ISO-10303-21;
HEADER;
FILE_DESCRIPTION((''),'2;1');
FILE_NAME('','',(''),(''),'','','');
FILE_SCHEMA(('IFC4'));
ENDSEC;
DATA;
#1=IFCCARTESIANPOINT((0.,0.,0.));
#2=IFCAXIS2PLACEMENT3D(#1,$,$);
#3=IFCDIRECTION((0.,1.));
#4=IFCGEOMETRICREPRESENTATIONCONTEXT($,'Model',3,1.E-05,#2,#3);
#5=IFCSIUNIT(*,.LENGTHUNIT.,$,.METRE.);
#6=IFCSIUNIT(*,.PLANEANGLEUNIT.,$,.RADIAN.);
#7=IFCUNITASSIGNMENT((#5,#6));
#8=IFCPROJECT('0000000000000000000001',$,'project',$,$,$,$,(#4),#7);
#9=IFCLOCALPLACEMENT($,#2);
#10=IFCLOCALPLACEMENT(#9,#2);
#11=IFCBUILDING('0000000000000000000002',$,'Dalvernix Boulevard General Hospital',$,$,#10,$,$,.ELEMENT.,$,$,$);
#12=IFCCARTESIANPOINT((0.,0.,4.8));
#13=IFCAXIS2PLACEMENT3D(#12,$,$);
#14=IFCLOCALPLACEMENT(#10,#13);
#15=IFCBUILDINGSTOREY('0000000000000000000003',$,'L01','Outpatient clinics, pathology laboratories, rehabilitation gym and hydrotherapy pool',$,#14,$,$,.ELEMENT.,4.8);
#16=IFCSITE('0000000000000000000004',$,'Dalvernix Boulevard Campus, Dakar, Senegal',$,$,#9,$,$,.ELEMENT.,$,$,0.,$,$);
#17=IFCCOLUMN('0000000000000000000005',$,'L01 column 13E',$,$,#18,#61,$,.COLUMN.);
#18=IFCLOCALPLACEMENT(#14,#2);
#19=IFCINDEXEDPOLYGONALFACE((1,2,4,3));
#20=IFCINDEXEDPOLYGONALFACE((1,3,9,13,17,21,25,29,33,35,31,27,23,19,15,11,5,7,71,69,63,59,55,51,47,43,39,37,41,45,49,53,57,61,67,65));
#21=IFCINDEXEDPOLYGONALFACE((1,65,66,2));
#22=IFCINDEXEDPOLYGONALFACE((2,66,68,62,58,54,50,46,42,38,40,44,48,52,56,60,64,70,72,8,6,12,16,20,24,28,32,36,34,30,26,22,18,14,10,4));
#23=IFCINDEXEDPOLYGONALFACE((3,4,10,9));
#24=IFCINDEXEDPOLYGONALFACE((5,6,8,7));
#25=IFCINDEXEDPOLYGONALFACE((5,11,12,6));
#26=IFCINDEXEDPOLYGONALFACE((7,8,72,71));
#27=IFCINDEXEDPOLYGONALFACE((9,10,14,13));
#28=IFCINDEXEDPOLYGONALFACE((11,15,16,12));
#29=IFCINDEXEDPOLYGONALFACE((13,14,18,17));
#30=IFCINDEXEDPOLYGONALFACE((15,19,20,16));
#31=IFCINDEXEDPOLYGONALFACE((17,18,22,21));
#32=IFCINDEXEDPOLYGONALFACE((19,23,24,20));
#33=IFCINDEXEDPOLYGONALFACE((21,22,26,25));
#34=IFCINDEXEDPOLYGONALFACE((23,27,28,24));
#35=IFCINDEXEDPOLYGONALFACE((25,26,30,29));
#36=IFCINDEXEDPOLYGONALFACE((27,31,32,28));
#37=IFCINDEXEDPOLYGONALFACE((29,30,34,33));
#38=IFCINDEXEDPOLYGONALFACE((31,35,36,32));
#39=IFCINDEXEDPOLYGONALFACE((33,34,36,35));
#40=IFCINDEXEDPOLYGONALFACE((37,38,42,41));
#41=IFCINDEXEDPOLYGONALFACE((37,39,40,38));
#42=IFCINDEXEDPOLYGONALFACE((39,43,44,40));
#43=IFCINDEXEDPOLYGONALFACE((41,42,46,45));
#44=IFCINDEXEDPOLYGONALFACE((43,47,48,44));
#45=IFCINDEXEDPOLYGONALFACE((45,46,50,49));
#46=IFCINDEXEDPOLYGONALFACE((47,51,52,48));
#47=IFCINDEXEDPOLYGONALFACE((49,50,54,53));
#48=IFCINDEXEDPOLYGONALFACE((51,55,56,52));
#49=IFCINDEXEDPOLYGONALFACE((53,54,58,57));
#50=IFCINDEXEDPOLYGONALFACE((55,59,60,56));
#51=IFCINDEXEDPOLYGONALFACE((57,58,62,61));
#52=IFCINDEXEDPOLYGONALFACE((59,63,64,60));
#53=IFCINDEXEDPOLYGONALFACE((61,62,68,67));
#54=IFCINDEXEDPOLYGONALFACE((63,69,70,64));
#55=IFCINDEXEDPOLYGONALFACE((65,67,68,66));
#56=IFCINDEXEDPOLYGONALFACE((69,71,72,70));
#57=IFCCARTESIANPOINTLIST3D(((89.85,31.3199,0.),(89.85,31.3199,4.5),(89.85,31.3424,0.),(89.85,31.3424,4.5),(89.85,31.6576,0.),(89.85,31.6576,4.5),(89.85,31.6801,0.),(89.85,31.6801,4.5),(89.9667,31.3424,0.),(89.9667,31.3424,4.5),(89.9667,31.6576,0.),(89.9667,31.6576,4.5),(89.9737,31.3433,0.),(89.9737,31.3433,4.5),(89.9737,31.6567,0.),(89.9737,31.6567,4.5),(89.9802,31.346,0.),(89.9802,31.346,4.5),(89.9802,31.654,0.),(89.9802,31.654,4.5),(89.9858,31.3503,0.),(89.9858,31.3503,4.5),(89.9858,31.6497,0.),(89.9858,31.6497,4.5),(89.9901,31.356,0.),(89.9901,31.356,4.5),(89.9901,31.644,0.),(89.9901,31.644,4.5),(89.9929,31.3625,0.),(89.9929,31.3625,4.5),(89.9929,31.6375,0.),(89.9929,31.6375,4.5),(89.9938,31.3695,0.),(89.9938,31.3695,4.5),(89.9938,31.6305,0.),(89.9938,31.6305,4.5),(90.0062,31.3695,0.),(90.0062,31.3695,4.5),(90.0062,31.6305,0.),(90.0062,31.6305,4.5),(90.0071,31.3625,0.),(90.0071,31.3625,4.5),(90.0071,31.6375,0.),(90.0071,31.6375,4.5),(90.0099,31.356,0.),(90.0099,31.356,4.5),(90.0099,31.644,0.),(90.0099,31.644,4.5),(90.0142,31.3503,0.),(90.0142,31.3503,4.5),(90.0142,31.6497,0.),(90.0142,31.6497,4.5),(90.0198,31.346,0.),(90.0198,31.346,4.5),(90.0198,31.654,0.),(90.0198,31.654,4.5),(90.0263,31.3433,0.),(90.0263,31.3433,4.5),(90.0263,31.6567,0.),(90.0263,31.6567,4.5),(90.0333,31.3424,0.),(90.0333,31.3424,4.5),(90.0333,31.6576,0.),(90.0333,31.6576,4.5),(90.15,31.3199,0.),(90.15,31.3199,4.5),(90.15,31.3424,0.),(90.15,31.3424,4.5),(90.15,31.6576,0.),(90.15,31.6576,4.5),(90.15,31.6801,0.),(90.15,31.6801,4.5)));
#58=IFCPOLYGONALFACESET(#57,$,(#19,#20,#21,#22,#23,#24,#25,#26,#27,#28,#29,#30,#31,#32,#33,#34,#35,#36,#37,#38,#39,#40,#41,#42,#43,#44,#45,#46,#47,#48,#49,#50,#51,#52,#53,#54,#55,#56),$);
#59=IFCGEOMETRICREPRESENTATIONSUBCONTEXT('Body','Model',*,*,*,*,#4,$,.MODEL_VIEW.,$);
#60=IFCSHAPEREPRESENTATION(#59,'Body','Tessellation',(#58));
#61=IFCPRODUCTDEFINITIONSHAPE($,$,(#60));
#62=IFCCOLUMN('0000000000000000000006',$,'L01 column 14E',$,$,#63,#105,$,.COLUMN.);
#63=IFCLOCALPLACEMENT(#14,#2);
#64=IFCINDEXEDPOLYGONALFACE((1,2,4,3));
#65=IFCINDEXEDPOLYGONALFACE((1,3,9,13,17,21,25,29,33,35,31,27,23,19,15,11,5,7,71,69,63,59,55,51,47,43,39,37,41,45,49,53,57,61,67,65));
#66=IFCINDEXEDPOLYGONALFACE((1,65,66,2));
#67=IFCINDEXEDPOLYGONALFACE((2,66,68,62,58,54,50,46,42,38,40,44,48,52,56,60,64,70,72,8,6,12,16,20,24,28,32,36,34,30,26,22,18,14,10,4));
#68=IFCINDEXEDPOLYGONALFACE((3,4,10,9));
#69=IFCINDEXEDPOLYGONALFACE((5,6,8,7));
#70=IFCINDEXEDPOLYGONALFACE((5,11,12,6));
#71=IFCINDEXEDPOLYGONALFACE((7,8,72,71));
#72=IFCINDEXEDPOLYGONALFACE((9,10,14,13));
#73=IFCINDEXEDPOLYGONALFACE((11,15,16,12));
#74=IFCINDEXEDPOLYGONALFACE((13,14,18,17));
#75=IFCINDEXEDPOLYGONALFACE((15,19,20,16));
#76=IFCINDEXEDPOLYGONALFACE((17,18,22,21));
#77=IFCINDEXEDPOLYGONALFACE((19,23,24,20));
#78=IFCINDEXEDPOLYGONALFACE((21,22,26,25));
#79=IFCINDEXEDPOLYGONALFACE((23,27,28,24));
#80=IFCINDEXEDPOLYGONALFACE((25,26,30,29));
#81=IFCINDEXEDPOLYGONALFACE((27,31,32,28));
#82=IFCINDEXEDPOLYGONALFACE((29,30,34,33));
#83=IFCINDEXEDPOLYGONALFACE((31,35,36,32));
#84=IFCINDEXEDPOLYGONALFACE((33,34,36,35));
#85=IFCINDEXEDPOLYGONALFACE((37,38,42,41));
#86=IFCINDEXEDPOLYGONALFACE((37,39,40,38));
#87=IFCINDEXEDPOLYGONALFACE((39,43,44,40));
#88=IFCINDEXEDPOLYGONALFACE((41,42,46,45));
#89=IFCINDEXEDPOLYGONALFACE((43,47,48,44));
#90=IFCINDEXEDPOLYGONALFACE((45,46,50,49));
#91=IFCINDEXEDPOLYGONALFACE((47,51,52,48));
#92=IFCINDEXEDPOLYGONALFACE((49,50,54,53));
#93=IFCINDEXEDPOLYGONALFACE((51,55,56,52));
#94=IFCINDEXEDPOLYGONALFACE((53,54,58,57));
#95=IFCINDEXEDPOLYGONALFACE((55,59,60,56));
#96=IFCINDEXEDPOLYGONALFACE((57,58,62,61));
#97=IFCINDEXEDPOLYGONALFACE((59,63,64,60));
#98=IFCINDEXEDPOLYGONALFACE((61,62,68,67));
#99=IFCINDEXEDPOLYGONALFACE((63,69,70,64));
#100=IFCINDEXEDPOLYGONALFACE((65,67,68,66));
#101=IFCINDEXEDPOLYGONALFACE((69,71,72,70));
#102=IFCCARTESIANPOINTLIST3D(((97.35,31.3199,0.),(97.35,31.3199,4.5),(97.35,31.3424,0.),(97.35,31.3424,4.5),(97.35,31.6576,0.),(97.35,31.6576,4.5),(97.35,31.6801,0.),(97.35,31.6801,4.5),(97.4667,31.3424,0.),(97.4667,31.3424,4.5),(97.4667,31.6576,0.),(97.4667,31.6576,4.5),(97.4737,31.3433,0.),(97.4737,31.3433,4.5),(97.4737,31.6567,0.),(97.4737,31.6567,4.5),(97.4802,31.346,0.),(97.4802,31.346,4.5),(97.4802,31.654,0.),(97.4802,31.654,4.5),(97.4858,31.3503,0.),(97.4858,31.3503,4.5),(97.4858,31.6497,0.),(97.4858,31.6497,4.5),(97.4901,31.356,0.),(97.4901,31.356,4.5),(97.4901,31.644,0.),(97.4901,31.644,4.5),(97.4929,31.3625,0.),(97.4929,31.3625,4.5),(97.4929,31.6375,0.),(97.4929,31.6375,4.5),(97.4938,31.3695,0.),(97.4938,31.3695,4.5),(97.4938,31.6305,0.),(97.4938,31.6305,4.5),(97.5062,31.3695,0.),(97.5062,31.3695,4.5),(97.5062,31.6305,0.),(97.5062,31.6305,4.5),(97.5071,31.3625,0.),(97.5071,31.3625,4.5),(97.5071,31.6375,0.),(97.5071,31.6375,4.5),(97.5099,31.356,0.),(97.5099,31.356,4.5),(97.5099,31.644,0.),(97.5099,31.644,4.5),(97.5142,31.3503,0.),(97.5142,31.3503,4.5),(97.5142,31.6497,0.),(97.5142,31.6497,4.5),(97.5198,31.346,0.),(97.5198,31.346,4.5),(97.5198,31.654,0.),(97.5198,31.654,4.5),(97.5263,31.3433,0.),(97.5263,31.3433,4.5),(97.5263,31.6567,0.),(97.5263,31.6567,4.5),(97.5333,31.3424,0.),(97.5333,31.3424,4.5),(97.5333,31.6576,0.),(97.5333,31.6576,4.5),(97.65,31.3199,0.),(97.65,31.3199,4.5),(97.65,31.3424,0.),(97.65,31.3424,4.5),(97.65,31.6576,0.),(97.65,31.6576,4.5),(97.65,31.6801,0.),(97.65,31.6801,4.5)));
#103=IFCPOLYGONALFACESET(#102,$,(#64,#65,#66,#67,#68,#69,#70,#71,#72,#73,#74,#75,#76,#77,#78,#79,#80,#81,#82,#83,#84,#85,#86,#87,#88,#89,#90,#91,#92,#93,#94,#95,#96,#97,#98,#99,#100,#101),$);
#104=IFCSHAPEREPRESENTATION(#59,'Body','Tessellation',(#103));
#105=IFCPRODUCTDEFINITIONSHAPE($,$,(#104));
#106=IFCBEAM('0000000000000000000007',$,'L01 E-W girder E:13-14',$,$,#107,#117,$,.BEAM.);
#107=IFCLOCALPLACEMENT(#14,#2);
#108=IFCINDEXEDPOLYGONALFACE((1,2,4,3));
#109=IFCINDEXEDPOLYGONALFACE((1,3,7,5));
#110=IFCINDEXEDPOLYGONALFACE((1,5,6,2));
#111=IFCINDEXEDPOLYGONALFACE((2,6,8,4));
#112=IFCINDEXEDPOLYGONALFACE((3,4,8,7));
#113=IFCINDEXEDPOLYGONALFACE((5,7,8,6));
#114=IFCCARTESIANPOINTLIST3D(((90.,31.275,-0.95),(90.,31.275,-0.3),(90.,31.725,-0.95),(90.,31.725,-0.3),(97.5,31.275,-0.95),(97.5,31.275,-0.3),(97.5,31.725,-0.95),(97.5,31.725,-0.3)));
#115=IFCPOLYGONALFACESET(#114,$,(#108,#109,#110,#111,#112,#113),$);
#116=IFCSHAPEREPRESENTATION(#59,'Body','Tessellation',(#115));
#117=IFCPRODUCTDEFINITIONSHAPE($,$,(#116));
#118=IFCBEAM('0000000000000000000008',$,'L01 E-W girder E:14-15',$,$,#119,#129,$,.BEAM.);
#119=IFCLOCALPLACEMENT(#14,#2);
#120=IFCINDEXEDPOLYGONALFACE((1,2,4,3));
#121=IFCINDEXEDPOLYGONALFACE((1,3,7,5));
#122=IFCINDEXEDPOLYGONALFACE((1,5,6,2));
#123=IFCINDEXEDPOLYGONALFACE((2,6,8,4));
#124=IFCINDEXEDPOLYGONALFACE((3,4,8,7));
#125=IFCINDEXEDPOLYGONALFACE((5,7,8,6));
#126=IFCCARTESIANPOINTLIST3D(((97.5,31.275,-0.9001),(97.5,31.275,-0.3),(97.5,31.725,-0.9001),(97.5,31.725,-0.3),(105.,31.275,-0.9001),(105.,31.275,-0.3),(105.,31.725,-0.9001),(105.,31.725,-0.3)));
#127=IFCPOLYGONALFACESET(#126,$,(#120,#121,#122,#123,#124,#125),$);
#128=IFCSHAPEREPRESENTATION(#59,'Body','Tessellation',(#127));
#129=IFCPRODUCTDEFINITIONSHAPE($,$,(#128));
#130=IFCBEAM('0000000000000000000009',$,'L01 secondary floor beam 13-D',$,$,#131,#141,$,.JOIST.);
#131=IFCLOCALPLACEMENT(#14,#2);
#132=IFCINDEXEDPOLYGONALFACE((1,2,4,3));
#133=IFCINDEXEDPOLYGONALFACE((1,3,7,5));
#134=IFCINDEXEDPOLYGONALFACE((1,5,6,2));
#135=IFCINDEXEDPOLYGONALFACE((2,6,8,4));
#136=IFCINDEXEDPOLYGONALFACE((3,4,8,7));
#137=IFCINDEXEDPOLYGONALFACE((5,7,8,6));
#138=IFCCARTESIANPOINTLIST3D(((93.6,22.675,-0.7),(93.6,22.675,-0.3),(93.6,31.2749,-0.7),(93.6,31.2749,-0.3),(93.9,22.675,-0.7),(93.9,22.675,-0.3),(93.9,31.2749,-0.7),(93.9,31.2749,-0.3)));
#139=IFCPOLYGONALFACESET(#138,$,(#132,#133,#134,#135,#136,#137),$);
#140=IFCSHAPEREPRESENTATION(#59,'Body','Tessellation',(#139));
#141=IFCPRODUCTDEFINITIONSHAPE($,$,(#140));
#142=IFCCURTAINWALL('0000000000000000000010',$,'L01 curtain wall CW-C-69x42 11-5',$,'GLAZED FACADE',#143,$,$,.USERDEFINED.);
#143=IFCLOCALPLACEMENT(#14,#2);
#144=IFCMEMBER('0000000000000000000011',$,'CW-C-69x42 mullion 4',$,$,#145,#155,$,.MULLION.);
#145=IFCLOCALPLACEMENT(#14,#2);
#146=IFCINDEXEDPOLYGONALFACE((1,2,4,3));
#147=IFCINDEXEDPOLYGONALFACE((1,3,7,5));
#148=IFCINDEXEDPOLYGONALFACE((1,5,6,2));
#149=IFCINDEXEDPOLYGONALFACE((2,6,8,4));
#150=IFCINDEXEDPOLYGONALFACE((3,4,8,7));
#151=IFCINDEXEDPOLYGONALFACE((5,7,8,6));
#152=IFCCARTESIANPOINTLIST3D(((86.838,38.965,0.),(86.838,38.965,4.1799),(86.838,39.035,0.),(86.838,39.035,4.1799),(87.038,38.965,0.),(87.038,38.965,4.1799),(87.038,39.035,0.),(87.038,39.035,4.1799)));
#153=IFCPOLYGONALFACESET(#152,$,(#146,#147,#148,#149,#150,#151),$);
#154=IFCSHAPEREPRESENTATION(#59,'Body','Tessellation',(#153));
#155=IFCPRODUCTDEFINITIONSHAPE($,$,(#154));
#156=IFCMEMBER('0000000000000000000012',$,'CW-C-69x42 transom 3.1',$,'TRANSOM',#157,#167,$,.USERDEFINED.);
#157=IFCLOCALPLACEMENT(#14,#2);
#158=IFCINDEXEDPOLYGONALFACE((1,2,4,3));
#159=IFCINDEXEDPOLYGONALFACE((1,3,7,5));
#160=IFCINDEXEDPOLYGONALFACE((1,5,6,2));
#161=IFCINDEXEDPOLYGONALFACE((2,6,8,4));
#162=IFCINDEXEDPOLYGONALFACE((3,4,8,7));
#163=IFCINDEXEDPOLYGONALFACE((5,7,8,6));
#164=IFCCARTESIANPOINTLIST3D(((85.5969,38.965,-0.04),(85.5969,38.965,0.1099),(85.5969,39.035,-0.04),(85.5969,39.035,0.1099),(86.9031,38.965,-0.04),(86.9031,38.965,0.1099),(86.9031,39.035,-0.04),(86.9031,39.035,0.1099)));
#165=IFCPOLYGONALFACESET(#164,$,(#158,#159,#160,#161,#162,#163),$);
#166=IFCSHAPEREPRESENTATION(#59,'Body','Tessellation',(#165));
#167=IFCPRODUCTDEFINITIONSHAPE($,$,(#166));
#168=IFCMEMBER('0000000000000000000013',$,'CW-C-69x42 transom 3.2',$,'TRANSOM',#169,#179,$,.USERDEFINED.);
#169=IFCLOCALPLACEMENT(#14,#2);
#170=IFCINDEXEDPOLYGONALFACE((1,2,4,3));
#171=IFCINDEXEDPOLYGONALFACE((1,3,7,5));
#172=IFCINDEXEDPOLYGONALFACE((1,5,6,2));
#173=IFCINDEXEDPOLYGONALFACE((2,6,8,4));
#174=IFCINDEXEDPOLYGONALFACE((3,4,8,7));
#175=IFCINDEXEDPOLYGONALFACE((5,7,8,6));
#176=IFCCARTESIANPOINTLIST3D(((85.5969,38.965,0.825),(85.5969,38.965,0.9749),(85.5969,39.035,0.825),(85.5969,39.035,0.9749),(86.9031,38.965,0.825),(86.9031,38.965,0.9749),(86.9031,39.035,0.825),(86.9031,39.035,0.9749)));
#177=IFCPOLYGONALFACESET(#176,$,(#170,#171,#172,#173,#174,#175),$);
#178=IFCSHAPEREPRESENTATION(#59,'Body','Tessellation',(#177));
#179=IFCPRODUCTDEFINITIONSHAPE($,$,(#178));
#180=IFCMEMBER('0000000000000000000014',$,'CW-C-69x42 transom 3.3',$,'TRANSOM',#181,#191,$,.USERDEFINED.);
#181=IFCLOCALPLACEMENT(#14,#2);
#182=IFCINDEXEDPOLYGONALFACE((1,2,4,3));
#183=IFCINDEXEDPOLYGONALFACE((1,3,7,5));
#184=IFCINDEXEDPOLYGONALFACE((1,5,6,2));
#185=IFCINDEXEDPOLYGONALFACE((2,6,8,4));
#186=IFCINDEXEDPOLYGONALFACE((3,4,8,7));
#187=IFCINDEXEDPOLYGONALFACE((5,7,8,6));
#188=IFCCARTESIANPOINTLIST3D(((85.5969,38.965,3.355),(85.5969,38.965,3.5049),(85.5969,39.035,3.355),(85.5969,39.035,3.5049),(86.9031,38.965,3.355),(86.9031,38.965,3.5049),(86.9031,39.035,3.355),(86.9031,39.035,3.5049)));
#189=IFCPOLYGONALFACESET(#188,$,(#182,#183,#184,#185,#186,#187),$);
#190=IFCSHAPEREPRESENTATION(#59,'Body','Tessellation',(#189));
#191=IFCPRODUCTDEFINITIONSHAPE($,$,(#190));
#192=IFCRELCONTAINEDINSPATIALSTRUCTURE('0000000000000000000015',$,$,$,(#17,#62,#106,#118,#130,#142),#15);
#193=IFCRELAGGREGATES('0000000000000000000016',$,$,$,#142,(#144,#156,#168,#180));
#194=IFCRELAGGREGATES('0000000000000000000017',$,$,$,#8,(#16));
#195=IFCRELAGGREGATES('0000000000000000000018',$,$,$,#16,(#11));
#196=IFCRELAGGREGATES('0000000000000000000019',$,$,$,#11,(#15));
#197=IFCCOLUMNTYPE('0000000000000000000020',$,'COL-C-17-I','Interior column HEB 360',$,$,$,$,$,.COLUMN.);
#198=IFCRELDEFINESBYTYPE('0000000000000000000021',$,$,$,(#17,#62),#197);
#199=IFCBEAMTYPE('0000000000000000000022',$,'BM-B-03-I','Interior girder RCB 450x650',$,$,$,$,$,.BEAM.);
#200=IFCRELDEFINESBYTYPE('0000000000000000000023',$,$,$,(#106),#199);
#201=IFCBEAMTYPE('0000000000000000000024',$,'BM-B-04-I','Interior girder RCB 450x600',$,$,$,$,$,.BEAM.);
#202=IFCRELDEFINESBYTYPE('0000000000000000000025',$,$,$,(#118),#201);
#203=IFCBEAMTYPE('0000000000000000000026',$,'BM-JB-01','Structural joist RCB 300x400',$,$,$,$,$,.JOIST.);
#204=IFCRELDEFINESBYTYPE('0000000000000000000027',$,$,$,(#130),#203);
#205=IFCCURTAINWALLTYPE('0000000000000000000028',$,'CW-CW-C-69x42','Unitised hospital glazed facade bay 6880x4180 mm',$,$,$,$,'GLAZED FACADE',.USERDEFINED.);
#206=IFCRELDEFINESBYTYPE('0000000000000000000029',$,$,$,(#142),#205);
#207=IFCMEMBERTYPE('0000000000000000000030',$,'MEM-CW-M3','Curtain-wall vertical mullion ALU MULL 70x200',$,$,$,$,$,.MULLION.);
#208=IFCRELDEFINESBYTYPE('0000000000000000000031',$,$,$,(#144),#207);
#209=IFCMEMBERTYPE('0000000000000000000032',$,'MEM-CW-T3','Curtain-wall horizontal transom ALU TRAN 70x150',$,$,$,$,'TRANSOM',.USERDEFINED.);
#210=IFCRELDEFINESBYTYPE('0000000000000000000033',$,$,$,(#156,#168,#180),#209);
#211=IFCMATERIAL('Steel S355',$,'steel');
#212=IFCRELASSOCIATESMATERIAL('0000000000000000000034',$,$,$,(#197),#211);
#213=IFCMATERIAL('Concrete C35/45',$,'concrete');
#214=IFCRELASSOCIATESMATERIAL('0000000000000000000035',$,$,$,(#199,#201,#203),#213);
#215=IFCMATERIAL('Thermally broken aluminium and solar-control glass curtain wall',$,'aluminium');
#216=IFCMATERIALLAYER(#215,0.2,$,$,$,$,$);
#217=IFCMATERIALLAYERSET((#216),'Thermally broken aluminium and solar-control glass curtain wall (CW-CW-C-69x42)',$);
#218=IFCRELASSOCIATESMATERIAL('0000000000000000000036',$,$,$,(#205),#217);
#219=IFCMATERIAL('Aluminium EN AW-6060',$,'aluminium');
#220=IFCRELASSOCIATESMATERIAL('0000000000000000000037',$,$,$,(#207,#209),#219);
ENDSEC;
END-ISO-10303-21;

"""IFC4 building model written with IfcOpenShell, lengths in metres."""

from ifc_helpers import new_model, si_unit, direction, frame, origin, origin_2d, place, context, subcontext, project, spatial, rectangle, i_section, extrude, material, layer, layer_set, material_profile, profile_set, type_object, element, aggregate, save


model = new_model("IFC4")

# Units and contexts
model_context = context("Model", 3, precision=1e-05, world=origin(), true_north=direction((0.0, 1.0)))
body_context = subcontext(model_context, "Body", "Model", "MODEL_VIEW")
ifc_project = project(units=[si_unit("LENGTHUNIT", "METRE"), si_unit("PLANEANGLEUNIT", "RADIAN")], contexts=[model_context])

# Site, building, storey
site_placement = place(None, origin())
site = spatial("IfcSite", under=ifc_project, at=site_placement, Name="Dalvernix Boulevard Campus, Dakar, Senegal", CompositionType="ELEMENT", RefElevation=0.0)
building_placement = place(site_placement, origin())
building = spatial("IfcBuilding", under=site, at=building_placement, Name="Dalvernix Boulevard General Hospital", CompositionType="ELEMENT")
storey_placement = place(building_placement, frame((0.0, 0.0, 4.8)))
storey = spatial("IfcBuildingStorey", under=building, at=storey_placement, Name="L01", Description="Outpatient clinics, pathology laboratories, rehabilitation gym and hydrotherapy pool", CompositionType="ELEMENT", Elevation=4.8)

# Columns
ifc_material_1 = material(Name="Steel S355", Category="steel")
ifc_material_profile_1 = material_profile(ifc_material_1, i_section(OverallWidth=0.3, OverallDepth=0.3601, WebThickness=0.0125, FlangeThickness=0.0225, FilletRadius=0.0271, at=origin_2d()), Name="HEB 360")
ifc_profile_set_1 = profile_set([ifc_material_profile_1], Name="Steel S355")
column_type = type_object("IfcColumnType", Name="COL-C-17-I", Description="Interior column HEB 360", PredefinedType="COLUMN", material=ifc_profile_set_1)
for number, where, z_axis, x_axis, name in (
    (1, (90.0, 31.5, 0.0), (0.0, 0.0, 1.0), (1.0, 0.0, 0.0), "L01 column 13E"),
    (2, (97.5, 31.5, 0.0), (0.0, 0.0, 1.0), (1.0, 0.0, 0.0), "L01 column 14E"),
):
    element("IfcColumn", number, at=place(storey_placement, frame(where, z_axis=z_axis, x_axis=x_axis)), inside=storey, type_object=column_type, Name=name, PredefinedType="COLUMN", context=body_context, shape_type="SweptSolid", body=[
        extrude(i_section(OverallWidth=0.3, OverallDepth=0.3601, WebThickness=0.0125, FlangeThickness=0.0225, FilletRadius=0.0271, at=origin_2d()), origin(), (0.0, 0.0, 1.0), 4.5),
    ])

# Beams
ifc_material_2 = material(Name="Concrete C35/45", Category="concrete")
ifc_material_profile_2 = material_profile(ifc_material_2, rectangle(XDim=0.45, YDim=0.6499, at=origin_2d()), Name="RCB 450x650")
ifc_profile_set_2 = profile_set([ifc_material_profile_2], Name="Concrete C35/45")
beam_type_1 = type_object("IfcBeamType", Name="BM-B-03-I", Description="Interior girder RCB 450x650", PredefinedType="BEAM", material=ifc_profile_set_2)
beam_1_placement = place(storey_placement, frame((90.0, 31.5, -0.625), z_axis=(1.0, 0.0, 0.0), x_axis=(0.0, 1.0, 0.0)))
element("IfcBeam", 3, at=beam_1_placement, inside=storey, type_object=beam_type_1, Name="L01 E-W girder E:13-14", PredefinedType="BEAM", context=body_context, shape_type="SweptSolid", body=[
    extrude(rectangle(XDim=0.45, YDim=0.6499, at=origin_2d()), origin(), (0.0, 0.0, 1.0), 7.5),
])
ifc_material_profile_3 = material_profile(ifc_material_2, rectangle(XDim=0.45, YDim=0.6001, at=origin_2d()), Name="RCB 450x600")
ifc_profile_set_3 = profile_set([ifc_material_profile_3], Name="Concrete C35/45")
beam_type_2 = type_object("IfcBeamType", Name="BM-B-04-I", Description="Interior girder RCB 450x600", PredefinedType="BEAM", material=ifc_profile_set_3)
beam_2_placement = place(storey_placement, frame((97.5, 31.5, -0.6001), z_axis=(1.0, 0.0, 0.0), x_axis=(0.0, 1.0, 0.0)))
element("IfcBeam", 4, at=beam_2_placement, inside=storey, type_object=beam_type_2, Name="L01 E-W girder E:14-15", PredefinedType="BEAM", context=body_context, shape_type="SweptSolid", body=[
    extrude(rectangle(XDim=0.45, YDim=0.6001, at=origin_2d()), origin(), (0.0, 0.0, 1.0), 7.5),
])
ifc_material_profile_4 = material_profile(ifc_material_2, rectangle(XDim=0.3, YDim=0.3999, at=origin_2d()), Name="RCB 300x400")
ifc_profile_set_4 = profile_set([ifc_material_profile_4], Name="Concrete C35/45")
beam_type_3 = type_object("IfcBeamType", Name="BM-JB-01", Description="Structural joist RCB 300x400", PredefinedType="JOIST", material=ifc_profile_set_4)
beam_3_placement = place(storey_placement, frame((93.75, 22.675, -0.5), z_axis=(0.0, 1.0, 0.0), x_axis=(-1.0, 0.0, 0.0)))
element("IfcBeam", 5, at=beam_3_placement, inside=storey, type_object=beam_type_3, Name="L01 secondary floor beam 13-D", PredefinedType="JOIST", context=body_context, shape_type="SweptSolid", body=[
    extrude(rectangle(XDim=0.3, YDim=0.3999, at=origin_2d()), origin(), (0.0, 0.0, 1.0), 8.5999),
])

# Curtain wall, members
ifc_material_3 = material(Name="Thermally broken aluminium and solar-control glass curtain wall", Category="aluminium")
ifc_layer_1 = layer(ifc_material_3, 0.2)
ifc_layer_set_1 = layer_set([ifc_layer_1], Name="Thermally broken aluminium and solar-control glass curtain wall (CW-CW-C-69x42)")
curtain_wall_type = type_object("IfcCurtainWallType", Name="CW-CW-C-69x42", Description="Unitised hospital glazed facade bay 6880x4180 mm", ElementType="GLAZED FACADE", PredefinedType="USERDEFINED", material=ifc_layer_set_1)
curtain_wall_placement = place(storey_placement, origin())
curtain_wall = element("IfcCurtainWall", 6, at=curtain_wall_placement, inside=storey, type_object=curtain_wall_type, Name="L01 curtain wall CW-C-69x42 11-5", ObjectType="GLAZED FACADE", PredefinedType="USERDEFINED")
ifc_material_4 = material(Name="Aluminium EN AW-6060", Category="aluminium")
ifc_material_profile_5 = material_profile(ifc_material_4, rectangle(XDim=0.0701, YDim=0.2, at=origin_2d()), Name="ALU MULL 70x200")
ifc_profile_set_5 = profile_set([ifc_material_profile_5], Name="Aluminium EN AW-6060")
member_type_1 = type_object("IfcMemberType", Name="MEM-CW-M3", Description="Curtain-wall vertical mullion ALU MULL 70x200", PredefinedType="MULLION", material=ifc_profile_set_5)
member_1_placement = place(storey_placement, frame((86.938, 39.0, 0.0), z_axis=(0.0, 0.0, 1.0), x_axis=(0.0, 1.0, 0.0)))
member_1 = element("IfcMember", 7, at=member_1_placement, type_object=member_type_1, Name="CW-C-69x42 mullion 4", PredefinedType="MULLION", context=body_context, shape_type="SweptSolid", body=[
    extrude(rectangle(XDim=0.0701, YDim=0.2, at=origin_2d()), origin(), (0.0, 0.0, 1.0), 4.1799),
])
ifc_material_profile_6 = material_profile(ifc_material_4, rectangle(XDim=0.0701, YDim=0.1499, at=origin_2d()), Name="ALU TRAN 70x150")
ifc_profile_set_6 = profile_set([ifc_material_profile_6], Name="Aluminium EN AW-6060")
member_type_2 = type_object("IfcMemberType", Name="MEM-CW-T3", Description="Curtain-wall horizontal transom ALU TRAN 70x150", ElementType="TRANSOM", PredefinedType="USERDEFINED", material=ifc_profile_set_6)
member_2_placement = place(storey_placement, frame((85.5969, 39.0, 0.0349), z_axis=(1.0, 0.0, 0.0), x_axis=(0.0, 1.0, 0.0)))
member_2 = element("IfcMember", 8, at=member_2_placement, type_object=member_type_2, Name="CW-C-69x42 transom 3.1", ObjectType="TRANSOM", PredefinedType="USERDEFINED", context=body_context, shape_type="SweptSolid", body=[
    extrude(rectangle(XDim=0.0701, YDim=0.1499, at=origin_2d()), origin(), (0.0, 0.0, 1.0), 1.3062),
])
member_3_placement = place(storey_placement, frame((85.5969, 39.0, 0.8999), z_axis=(1.0, 0.0, 0.0), x_axis=(0.0, 1.0, 0.0)))
member_3 = element("IfcMember", 9, at=member_3_placement, type_object=member_type_2, Name="CW-C-69x42 transom 3.2", ObjectType="TRANSOM", PredefinedType="USERDEFINED", context=body_context, shape_type="SweptSolid", body=[
    extrude(rectangle(XDim=0.0701, YDim=0.1499, at=origin_2d()), origin(), (0.0, 0.0, 1.0), 1.3062),
])
member_4_placement = place(storey_placement, frame((85.5969, 39.0, 3.4299), z_axis=(1.0, 0.0, 0.0), x_axis=(0.0, 1.0, 0.0)))
member_4 = element("IfcMember", 10, at=member_4_placement, type_object=member_type_2, Name="CW-C-69x42 transom 3.3", ObjectType="TRANSOM", PredefinedType="USERDEFINED", context=body_context, shape_type="SweptSolid", body=[
    extrude(rectangle(XDim=0.0701, YDim=0.1499, at=origin_2d()), origin(), (0.0, 0.0, 1.0), 1.3062),
])
aggregate(curtain_wall, [member_1, member_2, member_3, member_4])

save(model, "model.ifc")
